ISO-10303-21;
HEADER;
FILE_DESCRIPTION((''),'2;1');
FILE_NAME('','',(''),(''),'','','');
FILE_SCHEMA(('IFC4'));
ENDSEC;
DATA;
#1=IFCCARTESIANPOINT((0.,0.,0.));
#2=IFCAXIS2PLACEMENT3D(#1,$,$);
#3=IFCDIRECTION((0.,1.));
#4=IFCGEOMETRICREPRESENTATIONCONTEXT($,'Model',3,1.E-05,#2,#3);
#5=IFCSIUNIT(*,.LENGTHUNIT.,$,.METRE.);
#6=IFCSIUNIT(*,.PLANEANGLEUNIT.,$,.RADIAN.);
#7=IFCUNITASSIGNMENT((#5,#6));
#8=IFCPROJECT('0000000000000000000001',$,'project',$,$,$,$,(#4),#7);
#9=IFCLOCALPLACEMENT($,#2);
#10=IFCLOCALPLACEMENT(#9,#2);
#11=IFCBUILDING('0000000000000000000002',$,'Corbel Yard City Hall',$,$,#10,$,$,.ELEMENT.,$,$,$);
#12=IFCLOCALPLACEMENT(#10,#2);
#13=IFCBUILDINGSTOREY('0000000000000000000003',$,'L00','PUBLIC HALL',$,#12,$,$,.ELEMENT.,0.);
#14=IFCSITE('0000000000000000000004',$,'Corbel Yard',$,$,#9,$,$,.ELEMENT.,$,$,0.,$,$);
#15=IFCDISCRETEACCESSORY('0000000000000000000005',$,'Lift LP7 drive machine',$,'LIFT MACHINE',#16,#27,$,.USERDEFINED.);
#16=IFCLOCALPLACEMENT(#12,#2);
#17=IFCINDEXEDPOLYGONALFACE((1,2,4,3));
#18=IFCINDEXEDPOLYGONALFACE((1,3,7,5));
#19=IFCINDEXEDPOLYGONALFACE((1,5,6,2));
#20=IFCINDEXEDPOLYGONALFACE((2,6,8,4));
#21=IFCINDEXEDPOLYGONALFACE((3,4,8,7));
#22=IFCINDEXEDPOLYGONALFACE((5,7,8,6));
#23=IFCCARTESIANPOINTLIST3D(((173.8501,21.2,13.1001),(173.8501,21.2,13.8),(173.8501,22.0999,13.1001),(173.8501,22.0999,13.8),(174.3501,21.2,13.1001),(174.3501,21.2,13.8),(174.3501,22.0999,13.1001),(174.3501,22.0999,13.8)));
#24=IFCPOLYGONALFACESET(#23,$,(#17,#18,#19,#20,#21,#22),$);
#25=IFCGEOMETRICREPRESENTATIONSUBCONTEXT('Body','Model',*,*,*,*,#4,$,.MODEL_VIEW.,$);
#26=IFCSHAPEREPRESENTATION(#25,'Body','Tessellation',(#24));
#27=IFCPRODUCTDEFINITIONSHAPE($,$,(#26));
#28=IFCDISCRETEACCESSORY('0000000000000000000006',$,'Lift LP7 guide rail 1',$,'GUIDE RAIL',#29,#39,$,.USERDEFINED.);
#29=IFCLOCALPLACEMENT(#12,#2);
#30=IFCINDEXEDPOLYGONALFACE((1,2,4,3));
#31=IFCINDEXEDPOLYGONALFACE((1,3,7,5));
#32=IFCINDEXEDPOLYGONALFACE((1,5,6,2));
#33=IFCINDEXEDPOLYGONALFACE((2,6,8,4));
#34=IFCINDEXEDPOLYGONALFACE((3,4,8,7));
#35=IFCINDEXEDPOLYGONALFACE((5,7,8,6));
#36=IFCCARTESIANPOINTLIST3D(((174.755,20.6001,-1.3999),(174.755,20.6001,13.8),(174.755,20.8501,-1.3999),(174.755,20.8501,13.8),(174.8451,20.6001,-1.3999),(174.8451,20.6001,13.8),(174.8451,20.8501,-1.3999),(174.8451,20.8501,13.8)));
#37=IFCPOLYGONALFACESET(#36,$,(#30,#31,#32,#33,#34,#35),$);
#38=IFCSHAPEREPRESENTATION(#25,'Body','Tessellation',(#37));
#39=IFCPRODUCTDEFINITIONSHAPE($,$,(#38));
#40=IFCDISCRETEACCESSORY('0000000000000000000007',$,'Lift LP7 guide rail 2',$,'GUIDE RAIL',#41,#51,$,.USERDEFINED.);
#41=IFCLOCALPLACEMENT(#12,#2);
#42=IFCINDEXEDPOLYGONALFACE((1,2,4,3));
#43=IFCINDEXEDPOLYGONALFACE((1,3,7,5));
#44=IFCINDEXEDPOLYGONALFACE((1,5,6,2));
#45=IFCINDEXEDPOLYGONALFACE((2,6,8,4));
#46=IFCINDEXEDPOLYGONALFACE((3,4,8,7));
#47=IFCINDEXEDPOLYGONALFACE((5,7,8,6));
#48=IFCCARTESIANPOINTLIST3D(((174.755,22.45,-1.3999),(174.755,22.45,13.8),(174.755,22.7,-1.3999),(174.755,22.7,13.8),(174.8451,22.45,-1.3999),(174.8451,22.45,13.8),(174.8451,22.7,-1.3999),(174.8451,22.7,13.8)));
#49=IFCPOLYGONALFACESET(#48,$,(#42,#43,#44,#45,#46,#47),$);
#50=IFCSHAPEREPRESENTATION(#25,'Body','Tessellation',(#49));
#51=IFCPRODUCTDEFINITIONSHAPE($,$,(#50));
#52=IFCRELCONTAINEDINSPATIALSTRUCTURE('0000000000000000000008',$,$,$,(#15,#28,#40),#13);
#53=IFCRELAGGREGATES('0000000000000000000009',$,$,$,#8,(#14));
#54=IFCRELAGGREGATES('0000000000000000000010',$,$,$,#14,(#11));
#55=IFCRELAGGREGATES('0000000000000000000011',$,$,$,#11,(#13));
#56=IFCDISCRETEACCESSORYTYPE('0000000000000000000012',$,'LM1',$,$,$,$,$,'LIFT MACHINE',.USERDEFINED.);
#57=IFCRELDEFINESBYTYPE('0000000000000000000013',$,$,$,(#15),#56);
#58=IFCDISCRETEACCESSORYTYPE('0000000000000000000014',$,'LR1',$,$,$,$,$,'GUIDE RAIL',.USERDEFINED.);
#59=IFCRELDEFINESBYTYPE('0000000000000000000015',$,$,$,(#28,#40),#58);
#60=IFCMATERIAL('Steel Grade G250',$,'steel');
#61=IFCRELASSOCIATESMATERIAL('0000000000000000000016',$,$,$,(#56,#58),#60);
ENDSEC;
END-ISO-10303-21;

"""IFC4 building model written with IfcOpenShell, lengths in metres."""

from ifc_helpers import new_model, si_unit, direction, frame, origin, origin_2d, place, context, subcontext, project, spatial, rectangle, extrude, material, type_object, element, save


model = new_model("IFC4")

# Units and contexts
model_context = context("Model", 3, precision=1e-05, world=origin(), true_north=direction((0.0, 1.0)))
body_context = subcontext(model_context, "Body", "Model", "MODEL_VIEW")
ifc_project = project(units=[si_unit("LENGTHUNIT", "METRE"), si_unit("PLANEANGLEUNIT", "RADIAN")], contexts=[model_context])

# Site, building, storey
site_placement = place(None, origin())
site = spatial("IfcSite", under=ifc_project, at=site_placement, Name="Corbel Yard", CompositionType="ELEMENT", RefElevation=0.0)
building_placement = place(site_placement, origin())
building = spatial("IfcBuilding", under=site, at=building_placement, Name="Corbel Yard City Hall", CompositionType="ELEMENT")
storey_placement = place(building_placement, origin())
storey = spatial("IfcBuildingStorey", under=building, at=storey_placement, Name="L00", Description="PUBLIC HALL", CompositionType="ELEMENT", Elevation=0.0)

# Shared definitions
ifc_material_1 = material(Name="Steel Grade G250", Category="steel")

# Discrete accessories
discrete_accessory_type_1 = type_object("IfcDiscreteAccessoryType", Name="LM1", ElementType="LIFT MACHINE", PredefinedType="USERDEFINED", material=ifc_material_1)
discrete_accessory_placement = place(storey_placement, frame((174.1001, 21.6499, 13.1001), z_axis=(0.0, 0.0, 1.0), x_axis=(1.0, 0.0, 0.0)))
element("IfcDiscreteAccessory", 1, at=discrete_accessory_placement, inside=storey, type_object=discrete_accessory_type_1, Name="Lift LP7 drive machine", ObjectType="LIFT MACHINE", PredefinedType="USERDEFINED", context=body_context, shape_type="SweptSolid", body=[
    extrude(rectangle(XDim=0.5, YDim=0.8999, at=origin_2d()), origin(), (0.0, 0.0, 1.0), 0.7),
])
discrete_accessory_type_2 = type_object("IfcDiscreteAccessoryType", Name="LR1", ElementType="GUIDE RAIL", PredefinedType="USERDEFINED", material=ifc_material_1)
for number, where, z_axis, x_axis, name in (
    (2, (174.8, 20.7251, -1.3999), (0.0, 0.0, 1.0), (1.0, 0.0, 0.0), "Lift LP7 guide rail 1"),
    (3, (174.8, 22.575, -1.3999), (0.0, 0.0, 1.0), (1.0, 0.0, 0.0), "Lift LP7 guide rail 2"),
):
    element("IfcDiscreteAccessory", number, at=place(storey_placement, frame(where, z_axis=z_axis, x_axis=x_axis)), inside=storey, type_object=discrete_accessory_type_2, Name=name, ObjectType="GUIDE RAIL", PredefinedType="USERDEFINED", context=body_context, shape_type="SweptSolid", body=[
        extrude(rectangle(XDim=0.0901, YDim=0.25, at=origin_2d()), origin(), (0.0, 0.0, 1.0), 15.2),
    ])

save(model, "model.ifc")
